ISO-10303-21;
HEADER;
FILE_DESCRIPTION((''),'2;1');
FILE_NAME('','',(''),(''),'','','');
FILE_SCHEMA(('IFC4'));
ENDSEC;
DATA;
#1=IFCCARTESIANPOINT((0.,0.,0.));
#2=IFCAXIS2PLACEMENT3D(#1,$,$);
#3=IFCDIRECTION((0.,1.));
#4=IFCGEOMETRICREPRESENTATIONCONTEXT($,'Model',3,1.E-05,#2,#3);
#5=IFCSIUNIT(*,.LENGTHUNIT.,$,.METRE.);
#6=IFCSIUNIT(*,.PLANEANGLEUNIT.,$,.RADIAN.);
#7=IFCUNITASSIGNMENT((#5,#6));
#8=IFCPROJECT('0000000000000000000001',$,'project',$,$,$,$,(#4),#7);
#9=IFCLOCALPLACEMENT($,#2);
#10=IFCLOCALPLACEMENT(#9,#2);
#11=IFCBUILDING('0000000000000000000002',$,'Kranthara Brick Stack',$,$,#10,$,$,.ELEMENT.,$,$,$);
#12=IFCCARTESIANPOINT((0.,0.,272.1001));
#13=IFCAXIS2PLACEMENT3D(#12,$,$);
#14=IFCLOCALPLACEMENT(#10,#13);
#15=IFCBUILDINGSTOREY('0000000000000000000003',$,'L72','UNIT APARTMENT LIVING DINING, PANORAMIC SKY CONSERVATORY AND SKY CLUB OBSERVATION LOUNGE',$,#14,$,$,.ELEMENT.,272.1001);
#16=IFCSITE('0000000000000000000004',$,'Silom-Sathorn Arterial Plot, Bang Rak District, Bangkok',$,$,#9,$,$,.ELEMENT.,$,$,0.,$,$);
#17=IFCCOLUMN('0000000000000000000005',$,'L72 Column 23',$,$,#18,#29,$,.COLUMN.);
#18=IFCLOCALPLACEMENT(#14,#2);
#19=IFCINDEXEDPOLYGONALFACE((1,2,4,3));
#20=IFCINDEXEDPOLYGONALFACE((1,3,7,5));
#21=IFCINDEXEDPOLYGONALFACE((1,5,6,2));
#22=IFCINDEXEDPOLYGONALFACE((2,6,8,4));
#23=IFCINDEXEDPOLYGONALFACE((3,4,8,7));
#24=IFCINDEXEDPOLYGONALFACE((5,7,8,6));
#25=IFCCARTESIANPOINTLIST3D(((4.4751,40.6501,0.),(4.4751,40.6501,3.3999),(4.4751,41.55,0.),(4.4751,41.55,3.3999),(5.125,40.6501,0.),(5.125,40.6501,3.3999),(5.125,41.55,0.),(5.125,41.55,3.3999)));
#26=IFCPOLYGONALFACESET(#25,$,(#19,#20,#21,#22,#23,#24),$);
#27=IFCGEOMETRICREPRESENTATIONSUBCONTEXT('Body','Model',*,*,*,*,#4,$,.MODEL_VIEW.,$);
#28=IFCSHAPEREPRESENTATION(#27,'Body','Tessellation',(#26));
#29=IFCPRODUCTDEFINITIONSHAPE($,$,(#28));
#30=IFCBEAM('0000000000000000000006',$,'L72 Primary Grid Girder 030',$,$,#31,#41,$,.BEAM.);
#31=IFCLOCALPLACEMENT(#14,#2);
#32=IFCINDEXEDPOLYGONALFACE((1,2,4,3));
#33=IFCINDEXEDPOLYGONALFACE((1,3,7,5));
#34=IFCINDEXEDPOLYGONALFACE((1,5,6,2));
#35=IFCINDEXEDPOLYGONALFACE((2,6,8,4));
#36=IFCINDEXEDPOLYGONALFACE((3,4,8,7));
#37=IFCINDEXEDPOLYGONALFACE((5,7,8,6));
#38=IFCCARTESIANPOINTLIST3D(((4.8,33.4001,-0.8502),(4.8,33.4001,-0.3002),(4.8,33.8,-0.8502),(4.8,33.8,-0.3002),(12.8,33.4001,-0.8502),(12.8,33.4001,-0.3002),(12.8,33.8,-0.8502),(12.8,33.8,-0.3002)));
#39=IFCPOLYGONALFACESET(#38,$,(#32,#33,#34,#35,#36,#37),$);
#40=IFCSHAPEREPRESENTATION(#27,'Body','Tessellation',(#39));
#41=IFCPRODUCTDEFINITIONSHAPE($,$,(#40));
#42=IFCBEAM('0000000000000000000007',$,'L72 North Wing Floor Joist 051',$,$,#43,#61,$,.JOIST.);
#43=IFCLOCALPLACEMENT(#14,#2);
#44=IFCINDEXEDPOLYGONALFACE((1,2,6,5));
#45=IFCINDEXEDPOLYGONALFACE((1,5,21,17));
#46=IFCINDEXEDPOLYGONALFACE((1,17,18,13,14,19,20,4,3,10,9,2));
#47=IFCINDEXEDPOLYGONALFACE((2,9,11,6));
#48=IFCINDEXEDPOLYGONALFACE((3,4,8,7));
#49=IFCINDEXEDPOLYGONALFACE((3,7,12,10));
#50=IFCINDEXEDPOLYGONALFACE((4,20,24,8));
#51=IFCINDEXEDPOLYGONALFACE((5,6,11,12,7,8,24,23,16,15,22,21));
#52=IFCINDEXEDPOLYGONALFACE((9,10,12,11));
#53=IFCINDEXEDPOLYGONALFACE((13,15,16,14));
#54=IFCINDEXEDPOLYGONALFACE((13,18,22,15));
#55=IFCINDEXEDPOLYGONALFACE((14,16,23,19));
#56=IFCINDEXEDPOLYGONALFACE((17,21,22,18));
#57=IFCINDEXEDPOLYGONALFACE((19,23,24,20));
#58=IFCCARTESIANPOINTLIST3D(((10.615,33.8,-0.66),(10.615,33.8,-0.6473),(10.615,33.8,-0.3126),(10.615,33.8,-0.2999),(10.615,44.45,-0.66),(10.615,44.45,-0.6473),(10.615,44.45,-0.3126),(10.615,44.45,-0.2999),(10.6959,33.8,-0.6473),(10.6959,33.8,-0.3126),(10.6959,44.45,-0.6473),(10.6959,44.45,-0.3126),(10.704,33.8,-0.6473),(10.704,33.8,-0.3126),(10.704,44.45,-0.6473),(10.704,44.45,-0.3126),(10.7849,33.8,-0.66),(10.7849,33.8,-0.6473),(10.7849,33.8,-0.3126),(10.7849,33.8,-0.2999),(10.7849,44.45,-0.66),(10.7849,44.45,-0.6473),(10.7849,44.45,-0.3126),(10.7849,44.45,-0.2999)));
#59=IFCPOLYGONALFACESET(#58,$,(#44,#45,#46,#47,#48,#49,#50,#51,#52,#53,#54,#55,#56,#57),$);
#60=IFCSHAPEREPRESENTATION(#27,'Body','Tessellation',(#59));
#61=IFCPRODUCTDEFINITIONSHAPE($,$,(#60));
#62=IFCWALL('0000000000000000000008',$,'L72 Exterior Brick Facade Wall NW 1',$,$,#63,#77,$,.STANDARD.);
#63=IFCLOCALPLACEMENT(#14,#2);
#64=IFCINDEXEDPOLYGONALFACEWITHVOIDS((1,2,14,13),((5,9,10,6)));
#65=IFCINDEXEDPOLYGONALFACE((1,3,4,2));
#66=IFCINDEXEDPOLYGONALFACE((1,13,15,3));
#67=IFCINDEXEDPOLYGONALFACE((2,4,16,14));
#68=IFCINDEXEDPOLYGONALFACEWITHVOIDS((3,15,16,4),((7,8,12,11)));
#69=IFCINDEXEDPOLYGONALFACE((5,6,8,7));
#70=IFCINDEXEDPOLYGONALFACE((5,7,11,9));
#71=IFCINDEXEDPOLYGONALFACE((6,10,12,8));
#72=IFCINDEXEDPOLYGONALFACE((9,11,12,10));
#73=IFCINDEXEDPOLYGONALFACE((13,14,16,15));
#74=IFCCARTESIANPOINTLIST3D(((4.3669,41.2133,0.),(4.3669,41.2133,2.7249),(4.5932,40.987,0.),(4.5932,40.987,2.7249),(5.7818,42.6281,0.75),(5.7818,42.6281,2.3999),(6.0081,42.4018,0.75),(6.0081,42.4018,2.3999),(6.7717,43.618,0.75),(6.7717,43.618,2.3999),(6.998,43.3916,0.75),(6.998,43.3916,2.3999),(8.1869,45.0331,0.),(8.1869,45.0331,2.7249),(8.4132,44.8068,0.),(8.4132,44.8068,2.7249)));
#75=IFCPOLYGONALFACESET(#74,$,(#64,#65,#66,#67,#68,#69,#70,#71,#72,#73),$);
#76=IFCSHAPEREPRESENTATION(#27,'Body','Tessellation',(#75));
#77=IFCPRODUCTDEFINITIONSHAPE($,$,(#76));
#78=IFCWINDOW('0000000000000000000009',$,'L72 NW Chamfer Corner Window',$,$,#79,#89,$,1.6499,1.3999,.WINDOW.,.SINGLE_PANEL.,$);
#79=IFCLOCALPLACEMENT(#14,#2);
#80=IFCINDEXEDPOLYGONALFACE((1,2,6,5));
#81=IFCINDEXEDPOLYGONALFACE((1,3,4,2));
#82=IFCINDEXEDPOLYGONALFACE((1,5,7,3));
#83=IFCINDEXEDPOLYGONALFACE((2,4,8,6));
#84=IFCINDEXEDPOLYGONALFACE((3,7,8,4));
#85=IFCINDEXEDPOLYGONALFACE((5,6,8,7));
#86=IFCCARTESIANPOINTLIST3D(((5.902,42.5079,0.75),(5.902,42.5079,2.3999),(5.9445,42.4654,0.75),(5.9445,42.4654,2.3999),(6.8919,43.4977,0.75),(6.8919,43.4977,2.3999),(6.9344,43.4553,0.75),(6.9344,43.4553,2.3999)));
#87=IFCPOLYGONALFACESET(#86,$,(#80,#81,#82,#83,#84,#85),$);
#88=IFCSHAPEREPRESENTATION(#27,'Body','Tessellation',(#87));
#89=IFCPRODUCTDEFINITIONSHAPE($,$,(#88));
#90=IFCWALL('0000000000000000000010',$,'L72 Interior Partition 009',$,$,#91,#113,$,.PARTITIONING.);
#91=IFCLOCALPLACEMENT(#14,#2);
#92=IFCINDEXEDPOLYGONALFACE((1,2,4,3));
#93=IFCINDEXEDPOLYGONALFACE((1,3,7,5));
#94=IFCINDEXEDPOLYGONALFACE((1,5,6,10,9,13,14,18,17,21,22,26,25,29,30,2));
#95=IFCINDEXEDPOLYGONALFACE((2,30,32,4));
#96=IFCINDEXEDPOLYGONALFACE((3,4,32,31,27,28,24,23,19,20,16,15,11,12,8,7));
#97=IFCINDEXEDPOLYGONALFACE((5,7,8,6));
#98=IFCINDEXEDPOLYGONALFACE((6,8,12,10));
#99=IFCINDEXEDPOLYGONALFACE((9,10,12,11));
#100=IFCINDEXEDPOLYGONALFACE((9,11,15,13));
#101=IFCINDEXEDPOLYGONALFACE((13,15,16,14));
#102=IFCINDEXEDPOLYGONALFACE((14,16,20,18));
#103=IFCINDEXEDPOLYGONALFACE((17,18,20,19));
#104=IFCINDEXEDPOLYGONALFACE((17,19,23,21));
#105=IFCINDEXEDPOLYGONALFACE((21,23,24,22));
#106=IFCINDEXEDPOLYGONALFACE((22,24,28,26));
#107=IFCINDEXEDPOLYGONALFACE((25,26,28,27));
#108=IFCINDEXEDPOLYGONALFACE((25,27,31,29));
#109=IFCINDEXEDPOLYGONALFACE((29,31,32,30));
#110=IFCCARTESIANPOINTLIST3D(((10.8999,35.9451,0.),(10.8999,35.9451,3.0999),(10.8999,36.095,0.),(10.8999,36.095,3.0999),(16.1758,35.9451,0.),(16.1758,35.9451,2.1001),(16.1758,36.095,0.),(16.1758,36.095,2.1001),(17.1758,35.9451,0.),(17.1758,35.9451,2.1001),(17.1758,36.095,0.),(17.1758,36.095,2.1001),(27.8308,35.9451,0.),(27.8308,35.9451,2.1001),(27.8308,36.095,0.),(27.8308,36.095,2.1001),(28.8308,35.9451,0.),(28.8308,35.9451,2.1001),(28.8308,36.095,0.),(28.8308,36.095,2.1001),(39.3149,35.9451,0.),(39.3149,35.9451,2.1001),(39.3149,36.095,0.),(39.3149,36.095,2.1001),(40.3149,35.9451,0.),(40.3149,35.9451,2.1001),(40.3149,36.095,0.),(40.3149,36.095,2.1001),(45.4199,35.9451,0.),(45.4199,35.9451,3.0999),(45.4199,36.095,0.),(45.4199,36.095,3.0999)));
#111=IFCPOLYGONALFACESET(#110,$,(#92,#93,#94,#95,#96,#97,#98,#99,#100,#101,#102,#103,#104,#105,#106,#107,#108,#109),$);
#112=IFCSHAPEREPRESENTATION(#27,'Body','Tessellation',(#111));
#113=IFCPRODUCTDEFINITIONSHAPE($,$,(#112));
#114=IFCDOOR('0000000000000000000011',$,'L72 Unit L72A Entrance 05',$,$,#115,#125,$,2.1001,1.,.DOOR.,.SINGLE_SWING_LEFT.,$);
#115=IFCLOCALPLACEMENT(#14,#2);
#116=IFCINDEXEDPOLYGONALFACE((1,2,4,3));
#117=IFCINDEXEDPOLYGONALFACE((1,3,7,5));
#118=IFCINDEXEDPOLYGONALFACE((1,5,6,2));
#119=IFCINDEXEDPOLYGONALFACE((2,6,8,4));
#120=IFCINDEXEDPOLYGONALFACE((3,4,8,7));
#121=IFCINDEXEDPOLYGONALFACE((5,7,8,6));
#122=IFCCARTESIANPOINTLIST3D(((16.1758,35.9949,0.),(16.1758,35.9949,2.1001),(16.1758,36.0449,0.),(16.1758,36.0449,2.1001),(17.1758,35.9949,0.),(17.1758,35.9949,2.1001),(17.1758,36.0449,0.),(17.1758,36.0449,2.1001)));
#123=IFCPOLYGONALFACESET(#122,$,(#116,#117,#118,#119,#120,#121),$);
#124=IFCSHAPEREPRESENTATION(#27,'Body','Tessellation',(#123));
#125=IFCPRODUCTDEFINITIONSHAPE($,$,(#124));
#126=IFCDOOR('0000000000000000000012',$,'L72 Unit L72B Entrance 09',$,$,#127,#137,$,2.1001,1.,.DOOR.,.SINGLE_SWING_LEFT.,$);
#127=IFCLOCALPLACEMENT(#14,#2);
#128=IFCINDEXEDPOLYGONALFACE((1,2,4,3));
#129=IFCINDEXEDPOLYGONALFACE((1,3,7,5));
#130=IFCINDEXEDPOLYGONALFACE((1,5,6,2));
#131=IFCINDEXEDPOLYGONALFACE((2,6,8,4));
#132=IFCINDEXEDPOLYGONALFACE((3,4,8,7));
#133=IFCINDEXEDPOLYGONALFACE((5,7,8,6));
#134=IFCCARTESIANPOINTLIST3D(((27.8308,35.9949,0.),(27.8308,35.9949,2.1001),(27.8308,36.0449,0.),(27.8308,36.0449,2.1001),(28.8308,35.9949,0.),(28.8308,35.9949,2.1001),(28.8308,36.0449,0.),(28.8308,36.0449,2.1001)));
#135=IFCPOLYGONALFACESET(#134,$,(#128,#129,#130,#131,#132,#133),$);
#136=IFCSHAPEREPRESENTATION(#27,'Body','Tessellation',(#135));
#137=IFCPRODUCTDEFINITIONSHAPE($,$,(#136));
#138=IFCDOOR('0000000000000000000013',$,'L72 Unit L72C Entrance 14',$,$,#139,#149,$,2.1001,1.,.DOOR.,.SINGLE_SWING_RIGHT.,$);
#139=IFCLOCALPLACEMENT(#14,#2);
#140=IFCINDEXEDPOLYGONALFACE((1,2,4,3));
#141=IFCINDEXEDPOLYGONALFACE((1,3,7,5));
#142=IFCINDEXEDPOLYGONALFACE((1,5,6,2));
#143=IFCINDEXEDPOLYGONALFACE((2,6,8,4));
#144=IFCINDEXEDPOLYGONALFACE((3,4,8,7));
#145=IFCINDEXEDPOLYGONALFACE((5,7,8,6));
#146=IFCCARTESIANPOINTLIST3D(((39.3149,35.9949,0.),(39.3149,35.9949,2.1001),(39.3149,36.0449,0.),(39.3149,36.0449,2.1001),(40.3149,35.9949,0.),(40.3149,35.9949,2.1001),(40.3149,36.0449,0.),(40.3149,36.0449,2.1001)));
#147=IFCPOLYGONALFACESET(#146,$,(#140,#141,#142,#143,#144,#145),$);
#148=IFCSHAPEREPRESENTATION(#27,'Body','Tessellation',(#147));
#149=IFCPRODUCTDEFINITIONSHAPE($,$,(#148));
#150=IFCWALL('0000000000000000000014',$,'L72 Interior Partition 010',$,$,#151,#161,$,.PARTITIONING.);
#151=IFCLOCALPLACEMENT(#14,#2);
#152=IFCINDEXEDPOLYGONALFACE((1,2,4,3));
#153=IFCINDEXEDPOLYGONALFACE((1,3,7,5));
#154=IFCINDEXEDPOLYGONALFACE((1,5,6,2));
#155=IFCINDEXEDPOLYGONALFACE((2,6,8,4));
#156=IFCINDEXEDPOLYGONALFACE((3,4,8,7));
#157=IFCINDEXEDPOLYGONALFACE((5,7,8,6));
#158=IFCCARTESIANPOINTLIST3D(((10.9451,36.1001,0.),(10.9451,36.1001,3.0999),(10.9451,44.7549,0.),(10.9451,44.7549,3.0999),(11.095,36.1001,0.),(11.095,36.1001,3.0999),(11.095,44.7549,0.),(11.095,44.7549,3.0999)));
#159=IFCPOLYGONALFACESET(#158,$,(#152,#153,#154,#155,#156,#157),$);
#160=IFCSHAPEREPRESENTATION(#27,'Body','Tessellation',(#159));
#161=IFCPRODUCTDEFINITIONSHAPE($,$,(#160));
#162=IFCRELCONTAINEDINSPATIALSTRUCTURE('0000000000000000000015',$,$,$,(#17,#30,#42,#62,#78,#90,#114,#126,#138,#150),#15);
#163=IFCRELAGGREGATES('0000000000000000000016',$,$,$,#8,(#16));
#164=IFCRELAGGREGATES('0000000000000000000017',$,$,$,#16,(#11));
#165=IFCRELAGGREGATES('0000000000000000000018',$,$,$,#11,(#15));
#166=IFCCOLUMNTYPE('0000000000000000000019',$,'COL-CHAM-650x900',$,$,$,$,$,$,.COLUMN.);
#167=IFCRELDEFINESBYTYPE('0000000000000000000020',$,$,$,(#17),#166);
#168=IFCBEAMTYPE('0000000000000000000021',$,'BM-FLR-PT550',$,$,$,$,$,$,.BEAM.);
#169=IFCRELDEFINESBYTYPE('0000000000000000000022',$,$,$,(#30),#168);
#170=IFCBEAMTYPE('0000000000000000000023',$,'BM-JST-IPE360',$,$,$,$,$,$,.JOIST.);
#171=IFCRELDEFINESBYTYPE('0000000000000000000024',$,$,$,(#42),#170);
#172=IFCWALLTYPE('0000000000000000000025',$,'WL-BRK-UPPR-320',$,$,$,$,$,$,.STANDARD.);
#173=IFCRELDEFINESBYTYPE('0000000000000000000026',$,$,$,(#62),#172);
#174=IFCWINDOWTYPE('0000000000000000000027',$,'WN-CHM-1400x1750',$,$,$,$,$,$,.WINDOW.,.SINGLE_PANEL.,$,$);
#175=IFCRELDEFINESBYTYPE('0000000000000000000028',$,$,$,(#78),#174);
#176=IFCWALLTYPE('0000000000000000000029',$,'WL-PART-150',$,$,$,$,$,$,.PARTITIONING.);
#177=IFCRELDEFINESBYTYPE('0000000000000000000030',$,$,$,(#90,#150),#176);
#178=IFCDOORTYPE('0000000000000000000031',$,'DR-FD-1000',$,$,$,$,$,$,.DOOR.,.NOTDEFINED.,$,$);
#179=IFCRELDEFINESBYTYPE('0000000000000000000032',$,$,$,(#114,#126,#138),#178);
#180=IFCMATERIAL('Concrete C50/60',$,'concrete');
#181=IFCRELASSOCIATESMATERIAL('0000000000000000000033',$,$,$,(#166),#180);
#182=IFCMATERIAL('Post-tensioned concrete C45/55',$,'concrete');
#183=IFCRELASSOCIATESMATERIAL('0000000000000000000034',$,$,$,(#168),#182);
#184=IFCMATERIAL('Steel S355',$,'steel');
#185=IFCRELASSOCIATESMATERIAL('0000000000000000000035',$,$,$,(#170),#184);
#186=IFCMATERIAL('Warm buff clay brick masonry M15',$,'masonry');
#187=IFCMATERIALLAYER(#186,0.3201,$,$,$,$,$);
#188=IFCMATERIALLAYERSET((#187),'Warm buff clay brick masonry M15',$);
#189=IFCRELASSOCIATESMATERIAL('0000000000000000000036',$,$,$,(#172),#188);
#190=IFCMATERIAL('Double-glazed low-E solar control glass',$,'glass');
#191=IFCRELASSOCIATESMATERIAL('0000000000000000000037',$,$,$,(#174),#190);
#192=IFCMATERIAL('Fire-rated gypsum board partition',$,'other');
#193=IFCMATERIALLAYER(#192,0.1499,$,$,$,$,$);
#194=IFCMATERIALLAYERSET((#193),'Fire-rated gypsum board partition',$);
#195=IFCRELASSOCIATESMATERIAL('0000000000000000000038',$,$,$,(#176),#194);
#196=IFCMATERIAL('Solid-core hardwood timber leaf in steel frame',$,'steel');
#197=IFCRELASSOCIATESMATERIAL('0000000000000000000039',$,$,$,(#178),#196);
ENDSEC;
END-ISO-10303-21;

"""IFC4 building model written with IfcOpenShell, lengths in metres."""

from ifc_helpers import new_model, si_unit, direction, frame, frame_2d, origin, origin_2d, place, context, subcontext, project, spatial, rectangle, i_section, extrude, material, layer, layer_set, material_profile, profile_set, type_object, element, fill, save


model = new_model("IFC4")

# Units and contexts
model_context = context("Model", 3, precision=1e-05, world=origin(), true_north=direction((0.0, 1.0)))
body_context = subcontext(model_context, "Body", "Model", "MODEL_VIEW")
ifc_project = project(units=[si_unit("LENGTHUNIT", "METRE"), si_unit("PLANEANGLEUNIT", "RADIAN")], contexts=[model_context])

# Site, building, storey
site_placement = place(None, origin())
site = spatial("IfcSite", under=ifc_project, at=site_placement, Name="Silom-Sathorn Arterial Plot, Bang Rak District, Bangkok", CompositionType="ELEMENT", RefElevation=0.0)
building_placement = place(site_placement, origin())
building = spatial("IfcBuilding", under=site, at=building_placement, Name="Kranthara Brick Stack", CompositionType="ELEMENT")
storey_placement = place(building_placement, frame((0.0, 0.0, 272.1001)))
storey = spatial("IfcBuildingStorey", under=building, at=storey_placement, Name="L72", Description="UNIT APARTMENT LIVING DINING, PANORAMIC SKY CONSERVATORY AND SKY CLUB OBSERVATION LOUNGE", CompositionType="ELEMENT", Elevation=272.1001)

# Column
ifc_material_1 = material(Name="Concrete C50/60", Category="concrete")
ifc_material_profile_1 = material_profile(ifc_material_1, rectangle(XDim=0.6499, YDim=0.8999, at=origin_2d()), Name="RC 650x900")
ifc_profile_set_1 = profile_set([ifc_material_profile_1], Name="Concrete C50/60")
column_type = type_object("IfcColumnType", Name="COL-CHAM-650x900", PredefinedType="COLUMN", material=ifc_profile_set_1)
column_placement = place(storey_placement, frame((4.8, 41.1001, 0.0), z_axis=(0.0, 0.0, 1.0), x_axis=(1.0, 0.0, 0.0)))
element("IfcColumn", 1, at=column_placement, inside=storey, type_object=column_type, Name="L72 Column 23", PredefinedType="COLUMN", context=body_context, shape_type="SweptSolid", body=[
    extrude(rectangle(XDim=0.6499, YDim=0.8999, at=origin_2d()), origin(), (0.0, 0.0, 1.0), 3.3999),
])

# Beams
ifc_material_2 = material(Name="Post-tensioned concrete C45/55", Category="concrete")
ifc_material_profile_2 = material_profile(ifc_material_2, rectangle(XDim=0.3999, YDim=0.55, at=origin_2d()), Name="PT 400x550")
ifc_profile_set_2 = profile_set([ifc_material_profile_2], Name="Post-tensioned concrete C45/55")
beam_type_1 = type_object("IfcBeamType", Name="BM-FLR-PT550", PredefinedType="BEAM", material=ifc_profile_set_2)
beam_1_placement = place(storey_placement, frame((4.8, 33.6001, -0.5752), z_axis=(1.0, 0.0, 0.0), x_axis=(0.0, 1.0, 0.0)))
element("IfcBeam", 2, at=beam_1_placement, inside=storey, type_object=beam_type_1, Name="L72 Primary Grid Girder 030", PredefinedType="BEAM", context=body_context, shape_type="SweptSolid", body=[
    extrude(rectangle(XDim=0.3999, YDim=0.55, at=origin_2d()), origin(), (0.0, 0.0, 1.0), 8.0),
])
ifc_material_3 = material(Name="Steel S355", Category="steel")
ifc_material_profile_3 = material_profile(ifc_material_3, i_section(OverallWidth=0.1699, OverallDepth=0.3601, WebThickness=0.0081, FlangeThickness=0.0127, at=origin_2d()), Name="IPE 360")
ifc_profile_set_3 = profile_set([ifc_material_profile_3], Name="Steel S355")
beam_type_2 = type_object("IfcBeamType", Name="BM-JST-IPE360", PredefinedType="JOIST", material=ifc_profile_set_3)
beam_2_placement = place(storey_placement, frame((10.7, 33.8, -0.48), z_axis=(0.0, 1.0, 0.0), x_axis=(-1.0, 0.0, 0.0)))
element("IfcBeam", 3, at=beam_2_placement, inside=storey, type_object=beam_type_2, Name="L72 North Wing Floor Joist 051", PredefinedType="JOIST", context=body_context, shape_type="SweptSolid", body=[
    extrude(i_section(OverallWidth=0.1699, OverallDepth=0.3601, WebThickness=0.0081, FlangeThickness=0.0127, at=origin_2d()), origin(), (0.0, 0.0, 1.0), 10.6499),
])

# Wall, opening, window
ifc_material_4 = material(Name="Warm buff clay brick masonry M15", Category="masonry")
ifc_layer_1 = layer(ifc_material_4, 0.3201)
ifc_layer_set_1 = layer_set([ifc_layer_1], Name="Warm buff clay brick masonry M15")
wall_type_1 = type_object("IfcWallType", Name="WL-BRK-UPPR-320", PredefinedType="STANDARD", material=ifc_layer_set_1)
wall_1_placement = place(storey_placement, frame((4.48, 41.1001, 0.0), z_axis=(0.0, 0.0, 1.0), x_axis=(0.707129, 0.707084, 0.0)))
wall_1 = element("IfcWall", 4, at=wall_1_placement, inside=storey, type_object=wall_type_1, Name="L72 Exterior Brick Facade Wall NW 1", PredefinedType="STANDARD", context=body_context, shape_type="SweptSolid", body=[
    extrude(rectangle(XDim=5.4021, YDim=0.3201, at=frame_2d((2.7012, 0.0))), origin(), (0.0, 0.0, 1.0), 2.7249),
])
opening_1_placement = place(wall_1_placement, frame((2.001, 0.0, 0.75)))
opening_1 = element("IfcOpeningElement", 5, at=opening_1_placement, cuts=wall_1, PredefinedType="OPENING", context=body_context, shape_type="SweptSolid", body=[
    extrude(rectangle(XDim=1.3999, YDim=1.6499, at=frame_2d((0.7, 0.825))), frame((0.0, 0.1699, 0.0), z_axis=(0.0, -1.0, 0.0), x_axis=(1.0, 0.0, 0.0)), (0.0, 0.0, 1.0), 0.3401),
])
ifc_material_5 = material(Name="Double-glazed low-E solar control glass", Category="glass")
window_type = type_object("IfcWindowType", Name="WN-CHM-1400x1750", PartitioningType="SINGLE_PANEL", PredefinedType="WINDOW", material=ifc_material_5)
window_placement = place(opening_1_placement, origin())
window = element("IfcWindow", 6, at=window_placement, inside=storey, type_object=window_type, Name="L72 NW Chamfer Corner Window", OverallHeight=1.6499, OverallWidth=1.3999, PartitioningType="SINGLE_PANEL", PredefinedType="WINDOW", context=body_context, shape_type="SweptSolid", body=[
    extrude(rectangle(XDim=1.3999, YDim=1.6499, at=frame_2d((0.7, 0.825))), frame((0.0, -0.01, 0.0), z_axis=(0.0, -1.0, 0.0), x_axis=(1.0, 0.0, 0.0)), (0.0, 0.0, 1.0), 0.0601),
])
fill(opening_1, window)

# Wall, openings, doors
ifc_material_6 = material(Name="Fire-rated gypsum board partition", Category="other")
ifc_layer_2 = layer(ifc_material_6, 0.1499)
ifc_layer_set_2 = layer_set([ifc_layer_2], Name="Fire-rated gypsum board partition")
wall_type_2 = type_object("IfcWallType", Name="WL-PART-150", PredefinedType="PARTITIONING", material=ifc_layer_set_2)
wall_2_placement = place(storey_placement, frame((10.8999, 36.02, 0.0), z_axis=(0.0, 0.0, 1.0), x_axis=(1.0, 0.0, 0.0)))
wall_2 = element("IfcWall", 7, at=wall_2_placement, inside=storey, type_object=wall_type_2, Name="L72 Interior Partition 009", PredefinedType="PARTITIONING", context=body_context, shape_type="SweptSolid", body=[
    extrude(rectangle(XDim=34.52, YDim=0.1499, at=frame_2d((17.26, 0.0))), origin(), (0.0, 0.0, 1.0), 3.0999),
])
opening_2_placement = place(wall_2_placement, frame((5.2759, 0.0, 0.0)))
opening_2 = element("IfcOpeningElement", 8, at=opening_2_placement, cuts=wall_2, PredefinedType="OPENING", context=body_context, shape_type="SweptSolid", body=[
    extrude(rectangle(XDim=1.0, YDim=2.1001, at=frame_2d((0.5, 1.05))), frame((0.0, 0.085, 0.0), z_axis=(0.0, -1.0, 0.0), x_axis=(1.0, 0.0, 0.0)), (0.0, 0.0, 1.0), 0.1699),
])
opening_3_placement = place(wall_2_placement, frame((16.9309, 0.0, 0.0)))
opening_3 = element("IfcOpeningElement", 9, at=opening_3_placement, cuts=wall_2, PredefinedType="OPENING", context=body_context, shape_type="SweptSolid", body=[
    extrude(rectangle(XDim=1.0, YDim=2.1001, at=frame_2d((0.5, 1.05))), frame((0.0, 0.085, 0.0), z_axis=(0.0, -1.0, 0.0), x_axis=(1.0, 0.0, 0.0)), (0.0, 0.0, 1.0), 0.1699),
])
opening_4_placement = place(wall_2_placement, frame((28.415, 0.0, 0.0)))
opening_4 = element("IfcOpeningElement", 10, at=opening_4_placement, cuts=wall_2, PredefinedType="OPENING", context=body_context, shape_type="SweptSolid", body=[
    extrude(rectangle(XDim=1.0, YDim=2.1001, at=frame_2d((0.5, 1.05))), frame((0.0, 0.085, 0.0), z_axis=(0.0, -1.0, 0.0), x_axis=(1.0, 0.0, 0.0)), (0.0, 0.0, 1.0), 0.1699),
])
ifc_material_7 = material(Name="Solid-core hardwood timber leaf in steel frame", Category="steel")
door_type = type_object("IfcDoorType", Name="DR-FD-1000", OperationType="NOTDEFINED", PredefinedType="DOOR", material=ifc_material_7)
door_1_placement = place(opening_2_placement, origin())
door_1 = element("IfcDoor", 11, at=door_1_placement, inside=storey, type_object=door_type, Name="L72 Unit L72A Entrance 05", OperationType="SINGLE_SWING_LEFT", OverallHeight=2.1001, OverallWidth=1.0, PredefinedType="DOOR", context=body_context, shape_type="SweptSolid", body=[
    extrude(rectangle(XDim=1.0, YDim=2.1001, at=frame_2d((0.5, 1.05))), frame((0.0, 0.0249, 0.0), z_axis=(0.0, -1.0, 0.0), x_axis=(1.0, 0.0, 0.0)), (0.0, 0.0, 1.0), 0.05),
])
fill(opening_2, door_1)
door_2_placement = place(opening_3_placement, origin())
door_2 = element("IfcDoor", 12, at=door_2_placement, inside=storey, type_object=door_type, Name="L72 Unit L72B Entrance 09", OperationType="SINGLE_SWING_LEFT", OverallHeight=2.1001, OverallWidth=1.0, PredefinedType="DOOR", context=body_context, shape_type="SweptSolid", body=[
    extrude(rectangle(XDim=1.0, YDim=2.1001, at=frame_2d((0.5, 1.05))), frame((0.0, 0.0249, 0.0), z_axis=(0.0, -1.0, 0.0), x_axis=(1.0, 0.0, 0.0)), (0.0, 0.0, 1.0), 0.05),
])
fill(opening_3, door_2)
door_3_placement = place(opening_4_placement, origin())
door_3 = element("IfcDoor", 13, at=door_3_placement, inside=storey, type_object=door_type, Name="L72 Unit L72C Entrance 14", OperationType="SINGLE_SWING_RIGHT", OverallHeight=2.1001, OverallWidth=1.0, PredefinedType="DOOR", context=body_context, shape_type="SweptSolid", body=[
    extrude(rectangle(XDim=1.0, YDim=2.1001, at=frame_2d((0.5, 1.05))), frame((0.0, 0.0249, 0.0), z_axis=(0.0, -1.0, 0.0), x_axis=(1.0, 0.0, 0.0)), (0.0, 0.0, 1.0), 0.05),
])
fill(opening_4, door_3)

# Wall
wall_3_placement = place(storey_placement, frame((11.02, 36.1001, 0.0), z_axis=(0.0, 0.0, 1.0), x_axis=(0.0, 1.0, 0.0)))
element("IfcWall", 14, at=wall_3_placement, inside=storey, type_object=wall_type_2, Name="L72 Interior Partition 010", PredefinedType="PARTITIONING", context=body_context, shape_type="SweptSolid", body=[
    extrude(rectangle(XDim=8.6548, YDim=0.1499, at=frame_2d((4.3274, 0.0))), origin(), (0.0, 0.0, 1.0), 3.0999),
])

save(model, "model.ifc")
